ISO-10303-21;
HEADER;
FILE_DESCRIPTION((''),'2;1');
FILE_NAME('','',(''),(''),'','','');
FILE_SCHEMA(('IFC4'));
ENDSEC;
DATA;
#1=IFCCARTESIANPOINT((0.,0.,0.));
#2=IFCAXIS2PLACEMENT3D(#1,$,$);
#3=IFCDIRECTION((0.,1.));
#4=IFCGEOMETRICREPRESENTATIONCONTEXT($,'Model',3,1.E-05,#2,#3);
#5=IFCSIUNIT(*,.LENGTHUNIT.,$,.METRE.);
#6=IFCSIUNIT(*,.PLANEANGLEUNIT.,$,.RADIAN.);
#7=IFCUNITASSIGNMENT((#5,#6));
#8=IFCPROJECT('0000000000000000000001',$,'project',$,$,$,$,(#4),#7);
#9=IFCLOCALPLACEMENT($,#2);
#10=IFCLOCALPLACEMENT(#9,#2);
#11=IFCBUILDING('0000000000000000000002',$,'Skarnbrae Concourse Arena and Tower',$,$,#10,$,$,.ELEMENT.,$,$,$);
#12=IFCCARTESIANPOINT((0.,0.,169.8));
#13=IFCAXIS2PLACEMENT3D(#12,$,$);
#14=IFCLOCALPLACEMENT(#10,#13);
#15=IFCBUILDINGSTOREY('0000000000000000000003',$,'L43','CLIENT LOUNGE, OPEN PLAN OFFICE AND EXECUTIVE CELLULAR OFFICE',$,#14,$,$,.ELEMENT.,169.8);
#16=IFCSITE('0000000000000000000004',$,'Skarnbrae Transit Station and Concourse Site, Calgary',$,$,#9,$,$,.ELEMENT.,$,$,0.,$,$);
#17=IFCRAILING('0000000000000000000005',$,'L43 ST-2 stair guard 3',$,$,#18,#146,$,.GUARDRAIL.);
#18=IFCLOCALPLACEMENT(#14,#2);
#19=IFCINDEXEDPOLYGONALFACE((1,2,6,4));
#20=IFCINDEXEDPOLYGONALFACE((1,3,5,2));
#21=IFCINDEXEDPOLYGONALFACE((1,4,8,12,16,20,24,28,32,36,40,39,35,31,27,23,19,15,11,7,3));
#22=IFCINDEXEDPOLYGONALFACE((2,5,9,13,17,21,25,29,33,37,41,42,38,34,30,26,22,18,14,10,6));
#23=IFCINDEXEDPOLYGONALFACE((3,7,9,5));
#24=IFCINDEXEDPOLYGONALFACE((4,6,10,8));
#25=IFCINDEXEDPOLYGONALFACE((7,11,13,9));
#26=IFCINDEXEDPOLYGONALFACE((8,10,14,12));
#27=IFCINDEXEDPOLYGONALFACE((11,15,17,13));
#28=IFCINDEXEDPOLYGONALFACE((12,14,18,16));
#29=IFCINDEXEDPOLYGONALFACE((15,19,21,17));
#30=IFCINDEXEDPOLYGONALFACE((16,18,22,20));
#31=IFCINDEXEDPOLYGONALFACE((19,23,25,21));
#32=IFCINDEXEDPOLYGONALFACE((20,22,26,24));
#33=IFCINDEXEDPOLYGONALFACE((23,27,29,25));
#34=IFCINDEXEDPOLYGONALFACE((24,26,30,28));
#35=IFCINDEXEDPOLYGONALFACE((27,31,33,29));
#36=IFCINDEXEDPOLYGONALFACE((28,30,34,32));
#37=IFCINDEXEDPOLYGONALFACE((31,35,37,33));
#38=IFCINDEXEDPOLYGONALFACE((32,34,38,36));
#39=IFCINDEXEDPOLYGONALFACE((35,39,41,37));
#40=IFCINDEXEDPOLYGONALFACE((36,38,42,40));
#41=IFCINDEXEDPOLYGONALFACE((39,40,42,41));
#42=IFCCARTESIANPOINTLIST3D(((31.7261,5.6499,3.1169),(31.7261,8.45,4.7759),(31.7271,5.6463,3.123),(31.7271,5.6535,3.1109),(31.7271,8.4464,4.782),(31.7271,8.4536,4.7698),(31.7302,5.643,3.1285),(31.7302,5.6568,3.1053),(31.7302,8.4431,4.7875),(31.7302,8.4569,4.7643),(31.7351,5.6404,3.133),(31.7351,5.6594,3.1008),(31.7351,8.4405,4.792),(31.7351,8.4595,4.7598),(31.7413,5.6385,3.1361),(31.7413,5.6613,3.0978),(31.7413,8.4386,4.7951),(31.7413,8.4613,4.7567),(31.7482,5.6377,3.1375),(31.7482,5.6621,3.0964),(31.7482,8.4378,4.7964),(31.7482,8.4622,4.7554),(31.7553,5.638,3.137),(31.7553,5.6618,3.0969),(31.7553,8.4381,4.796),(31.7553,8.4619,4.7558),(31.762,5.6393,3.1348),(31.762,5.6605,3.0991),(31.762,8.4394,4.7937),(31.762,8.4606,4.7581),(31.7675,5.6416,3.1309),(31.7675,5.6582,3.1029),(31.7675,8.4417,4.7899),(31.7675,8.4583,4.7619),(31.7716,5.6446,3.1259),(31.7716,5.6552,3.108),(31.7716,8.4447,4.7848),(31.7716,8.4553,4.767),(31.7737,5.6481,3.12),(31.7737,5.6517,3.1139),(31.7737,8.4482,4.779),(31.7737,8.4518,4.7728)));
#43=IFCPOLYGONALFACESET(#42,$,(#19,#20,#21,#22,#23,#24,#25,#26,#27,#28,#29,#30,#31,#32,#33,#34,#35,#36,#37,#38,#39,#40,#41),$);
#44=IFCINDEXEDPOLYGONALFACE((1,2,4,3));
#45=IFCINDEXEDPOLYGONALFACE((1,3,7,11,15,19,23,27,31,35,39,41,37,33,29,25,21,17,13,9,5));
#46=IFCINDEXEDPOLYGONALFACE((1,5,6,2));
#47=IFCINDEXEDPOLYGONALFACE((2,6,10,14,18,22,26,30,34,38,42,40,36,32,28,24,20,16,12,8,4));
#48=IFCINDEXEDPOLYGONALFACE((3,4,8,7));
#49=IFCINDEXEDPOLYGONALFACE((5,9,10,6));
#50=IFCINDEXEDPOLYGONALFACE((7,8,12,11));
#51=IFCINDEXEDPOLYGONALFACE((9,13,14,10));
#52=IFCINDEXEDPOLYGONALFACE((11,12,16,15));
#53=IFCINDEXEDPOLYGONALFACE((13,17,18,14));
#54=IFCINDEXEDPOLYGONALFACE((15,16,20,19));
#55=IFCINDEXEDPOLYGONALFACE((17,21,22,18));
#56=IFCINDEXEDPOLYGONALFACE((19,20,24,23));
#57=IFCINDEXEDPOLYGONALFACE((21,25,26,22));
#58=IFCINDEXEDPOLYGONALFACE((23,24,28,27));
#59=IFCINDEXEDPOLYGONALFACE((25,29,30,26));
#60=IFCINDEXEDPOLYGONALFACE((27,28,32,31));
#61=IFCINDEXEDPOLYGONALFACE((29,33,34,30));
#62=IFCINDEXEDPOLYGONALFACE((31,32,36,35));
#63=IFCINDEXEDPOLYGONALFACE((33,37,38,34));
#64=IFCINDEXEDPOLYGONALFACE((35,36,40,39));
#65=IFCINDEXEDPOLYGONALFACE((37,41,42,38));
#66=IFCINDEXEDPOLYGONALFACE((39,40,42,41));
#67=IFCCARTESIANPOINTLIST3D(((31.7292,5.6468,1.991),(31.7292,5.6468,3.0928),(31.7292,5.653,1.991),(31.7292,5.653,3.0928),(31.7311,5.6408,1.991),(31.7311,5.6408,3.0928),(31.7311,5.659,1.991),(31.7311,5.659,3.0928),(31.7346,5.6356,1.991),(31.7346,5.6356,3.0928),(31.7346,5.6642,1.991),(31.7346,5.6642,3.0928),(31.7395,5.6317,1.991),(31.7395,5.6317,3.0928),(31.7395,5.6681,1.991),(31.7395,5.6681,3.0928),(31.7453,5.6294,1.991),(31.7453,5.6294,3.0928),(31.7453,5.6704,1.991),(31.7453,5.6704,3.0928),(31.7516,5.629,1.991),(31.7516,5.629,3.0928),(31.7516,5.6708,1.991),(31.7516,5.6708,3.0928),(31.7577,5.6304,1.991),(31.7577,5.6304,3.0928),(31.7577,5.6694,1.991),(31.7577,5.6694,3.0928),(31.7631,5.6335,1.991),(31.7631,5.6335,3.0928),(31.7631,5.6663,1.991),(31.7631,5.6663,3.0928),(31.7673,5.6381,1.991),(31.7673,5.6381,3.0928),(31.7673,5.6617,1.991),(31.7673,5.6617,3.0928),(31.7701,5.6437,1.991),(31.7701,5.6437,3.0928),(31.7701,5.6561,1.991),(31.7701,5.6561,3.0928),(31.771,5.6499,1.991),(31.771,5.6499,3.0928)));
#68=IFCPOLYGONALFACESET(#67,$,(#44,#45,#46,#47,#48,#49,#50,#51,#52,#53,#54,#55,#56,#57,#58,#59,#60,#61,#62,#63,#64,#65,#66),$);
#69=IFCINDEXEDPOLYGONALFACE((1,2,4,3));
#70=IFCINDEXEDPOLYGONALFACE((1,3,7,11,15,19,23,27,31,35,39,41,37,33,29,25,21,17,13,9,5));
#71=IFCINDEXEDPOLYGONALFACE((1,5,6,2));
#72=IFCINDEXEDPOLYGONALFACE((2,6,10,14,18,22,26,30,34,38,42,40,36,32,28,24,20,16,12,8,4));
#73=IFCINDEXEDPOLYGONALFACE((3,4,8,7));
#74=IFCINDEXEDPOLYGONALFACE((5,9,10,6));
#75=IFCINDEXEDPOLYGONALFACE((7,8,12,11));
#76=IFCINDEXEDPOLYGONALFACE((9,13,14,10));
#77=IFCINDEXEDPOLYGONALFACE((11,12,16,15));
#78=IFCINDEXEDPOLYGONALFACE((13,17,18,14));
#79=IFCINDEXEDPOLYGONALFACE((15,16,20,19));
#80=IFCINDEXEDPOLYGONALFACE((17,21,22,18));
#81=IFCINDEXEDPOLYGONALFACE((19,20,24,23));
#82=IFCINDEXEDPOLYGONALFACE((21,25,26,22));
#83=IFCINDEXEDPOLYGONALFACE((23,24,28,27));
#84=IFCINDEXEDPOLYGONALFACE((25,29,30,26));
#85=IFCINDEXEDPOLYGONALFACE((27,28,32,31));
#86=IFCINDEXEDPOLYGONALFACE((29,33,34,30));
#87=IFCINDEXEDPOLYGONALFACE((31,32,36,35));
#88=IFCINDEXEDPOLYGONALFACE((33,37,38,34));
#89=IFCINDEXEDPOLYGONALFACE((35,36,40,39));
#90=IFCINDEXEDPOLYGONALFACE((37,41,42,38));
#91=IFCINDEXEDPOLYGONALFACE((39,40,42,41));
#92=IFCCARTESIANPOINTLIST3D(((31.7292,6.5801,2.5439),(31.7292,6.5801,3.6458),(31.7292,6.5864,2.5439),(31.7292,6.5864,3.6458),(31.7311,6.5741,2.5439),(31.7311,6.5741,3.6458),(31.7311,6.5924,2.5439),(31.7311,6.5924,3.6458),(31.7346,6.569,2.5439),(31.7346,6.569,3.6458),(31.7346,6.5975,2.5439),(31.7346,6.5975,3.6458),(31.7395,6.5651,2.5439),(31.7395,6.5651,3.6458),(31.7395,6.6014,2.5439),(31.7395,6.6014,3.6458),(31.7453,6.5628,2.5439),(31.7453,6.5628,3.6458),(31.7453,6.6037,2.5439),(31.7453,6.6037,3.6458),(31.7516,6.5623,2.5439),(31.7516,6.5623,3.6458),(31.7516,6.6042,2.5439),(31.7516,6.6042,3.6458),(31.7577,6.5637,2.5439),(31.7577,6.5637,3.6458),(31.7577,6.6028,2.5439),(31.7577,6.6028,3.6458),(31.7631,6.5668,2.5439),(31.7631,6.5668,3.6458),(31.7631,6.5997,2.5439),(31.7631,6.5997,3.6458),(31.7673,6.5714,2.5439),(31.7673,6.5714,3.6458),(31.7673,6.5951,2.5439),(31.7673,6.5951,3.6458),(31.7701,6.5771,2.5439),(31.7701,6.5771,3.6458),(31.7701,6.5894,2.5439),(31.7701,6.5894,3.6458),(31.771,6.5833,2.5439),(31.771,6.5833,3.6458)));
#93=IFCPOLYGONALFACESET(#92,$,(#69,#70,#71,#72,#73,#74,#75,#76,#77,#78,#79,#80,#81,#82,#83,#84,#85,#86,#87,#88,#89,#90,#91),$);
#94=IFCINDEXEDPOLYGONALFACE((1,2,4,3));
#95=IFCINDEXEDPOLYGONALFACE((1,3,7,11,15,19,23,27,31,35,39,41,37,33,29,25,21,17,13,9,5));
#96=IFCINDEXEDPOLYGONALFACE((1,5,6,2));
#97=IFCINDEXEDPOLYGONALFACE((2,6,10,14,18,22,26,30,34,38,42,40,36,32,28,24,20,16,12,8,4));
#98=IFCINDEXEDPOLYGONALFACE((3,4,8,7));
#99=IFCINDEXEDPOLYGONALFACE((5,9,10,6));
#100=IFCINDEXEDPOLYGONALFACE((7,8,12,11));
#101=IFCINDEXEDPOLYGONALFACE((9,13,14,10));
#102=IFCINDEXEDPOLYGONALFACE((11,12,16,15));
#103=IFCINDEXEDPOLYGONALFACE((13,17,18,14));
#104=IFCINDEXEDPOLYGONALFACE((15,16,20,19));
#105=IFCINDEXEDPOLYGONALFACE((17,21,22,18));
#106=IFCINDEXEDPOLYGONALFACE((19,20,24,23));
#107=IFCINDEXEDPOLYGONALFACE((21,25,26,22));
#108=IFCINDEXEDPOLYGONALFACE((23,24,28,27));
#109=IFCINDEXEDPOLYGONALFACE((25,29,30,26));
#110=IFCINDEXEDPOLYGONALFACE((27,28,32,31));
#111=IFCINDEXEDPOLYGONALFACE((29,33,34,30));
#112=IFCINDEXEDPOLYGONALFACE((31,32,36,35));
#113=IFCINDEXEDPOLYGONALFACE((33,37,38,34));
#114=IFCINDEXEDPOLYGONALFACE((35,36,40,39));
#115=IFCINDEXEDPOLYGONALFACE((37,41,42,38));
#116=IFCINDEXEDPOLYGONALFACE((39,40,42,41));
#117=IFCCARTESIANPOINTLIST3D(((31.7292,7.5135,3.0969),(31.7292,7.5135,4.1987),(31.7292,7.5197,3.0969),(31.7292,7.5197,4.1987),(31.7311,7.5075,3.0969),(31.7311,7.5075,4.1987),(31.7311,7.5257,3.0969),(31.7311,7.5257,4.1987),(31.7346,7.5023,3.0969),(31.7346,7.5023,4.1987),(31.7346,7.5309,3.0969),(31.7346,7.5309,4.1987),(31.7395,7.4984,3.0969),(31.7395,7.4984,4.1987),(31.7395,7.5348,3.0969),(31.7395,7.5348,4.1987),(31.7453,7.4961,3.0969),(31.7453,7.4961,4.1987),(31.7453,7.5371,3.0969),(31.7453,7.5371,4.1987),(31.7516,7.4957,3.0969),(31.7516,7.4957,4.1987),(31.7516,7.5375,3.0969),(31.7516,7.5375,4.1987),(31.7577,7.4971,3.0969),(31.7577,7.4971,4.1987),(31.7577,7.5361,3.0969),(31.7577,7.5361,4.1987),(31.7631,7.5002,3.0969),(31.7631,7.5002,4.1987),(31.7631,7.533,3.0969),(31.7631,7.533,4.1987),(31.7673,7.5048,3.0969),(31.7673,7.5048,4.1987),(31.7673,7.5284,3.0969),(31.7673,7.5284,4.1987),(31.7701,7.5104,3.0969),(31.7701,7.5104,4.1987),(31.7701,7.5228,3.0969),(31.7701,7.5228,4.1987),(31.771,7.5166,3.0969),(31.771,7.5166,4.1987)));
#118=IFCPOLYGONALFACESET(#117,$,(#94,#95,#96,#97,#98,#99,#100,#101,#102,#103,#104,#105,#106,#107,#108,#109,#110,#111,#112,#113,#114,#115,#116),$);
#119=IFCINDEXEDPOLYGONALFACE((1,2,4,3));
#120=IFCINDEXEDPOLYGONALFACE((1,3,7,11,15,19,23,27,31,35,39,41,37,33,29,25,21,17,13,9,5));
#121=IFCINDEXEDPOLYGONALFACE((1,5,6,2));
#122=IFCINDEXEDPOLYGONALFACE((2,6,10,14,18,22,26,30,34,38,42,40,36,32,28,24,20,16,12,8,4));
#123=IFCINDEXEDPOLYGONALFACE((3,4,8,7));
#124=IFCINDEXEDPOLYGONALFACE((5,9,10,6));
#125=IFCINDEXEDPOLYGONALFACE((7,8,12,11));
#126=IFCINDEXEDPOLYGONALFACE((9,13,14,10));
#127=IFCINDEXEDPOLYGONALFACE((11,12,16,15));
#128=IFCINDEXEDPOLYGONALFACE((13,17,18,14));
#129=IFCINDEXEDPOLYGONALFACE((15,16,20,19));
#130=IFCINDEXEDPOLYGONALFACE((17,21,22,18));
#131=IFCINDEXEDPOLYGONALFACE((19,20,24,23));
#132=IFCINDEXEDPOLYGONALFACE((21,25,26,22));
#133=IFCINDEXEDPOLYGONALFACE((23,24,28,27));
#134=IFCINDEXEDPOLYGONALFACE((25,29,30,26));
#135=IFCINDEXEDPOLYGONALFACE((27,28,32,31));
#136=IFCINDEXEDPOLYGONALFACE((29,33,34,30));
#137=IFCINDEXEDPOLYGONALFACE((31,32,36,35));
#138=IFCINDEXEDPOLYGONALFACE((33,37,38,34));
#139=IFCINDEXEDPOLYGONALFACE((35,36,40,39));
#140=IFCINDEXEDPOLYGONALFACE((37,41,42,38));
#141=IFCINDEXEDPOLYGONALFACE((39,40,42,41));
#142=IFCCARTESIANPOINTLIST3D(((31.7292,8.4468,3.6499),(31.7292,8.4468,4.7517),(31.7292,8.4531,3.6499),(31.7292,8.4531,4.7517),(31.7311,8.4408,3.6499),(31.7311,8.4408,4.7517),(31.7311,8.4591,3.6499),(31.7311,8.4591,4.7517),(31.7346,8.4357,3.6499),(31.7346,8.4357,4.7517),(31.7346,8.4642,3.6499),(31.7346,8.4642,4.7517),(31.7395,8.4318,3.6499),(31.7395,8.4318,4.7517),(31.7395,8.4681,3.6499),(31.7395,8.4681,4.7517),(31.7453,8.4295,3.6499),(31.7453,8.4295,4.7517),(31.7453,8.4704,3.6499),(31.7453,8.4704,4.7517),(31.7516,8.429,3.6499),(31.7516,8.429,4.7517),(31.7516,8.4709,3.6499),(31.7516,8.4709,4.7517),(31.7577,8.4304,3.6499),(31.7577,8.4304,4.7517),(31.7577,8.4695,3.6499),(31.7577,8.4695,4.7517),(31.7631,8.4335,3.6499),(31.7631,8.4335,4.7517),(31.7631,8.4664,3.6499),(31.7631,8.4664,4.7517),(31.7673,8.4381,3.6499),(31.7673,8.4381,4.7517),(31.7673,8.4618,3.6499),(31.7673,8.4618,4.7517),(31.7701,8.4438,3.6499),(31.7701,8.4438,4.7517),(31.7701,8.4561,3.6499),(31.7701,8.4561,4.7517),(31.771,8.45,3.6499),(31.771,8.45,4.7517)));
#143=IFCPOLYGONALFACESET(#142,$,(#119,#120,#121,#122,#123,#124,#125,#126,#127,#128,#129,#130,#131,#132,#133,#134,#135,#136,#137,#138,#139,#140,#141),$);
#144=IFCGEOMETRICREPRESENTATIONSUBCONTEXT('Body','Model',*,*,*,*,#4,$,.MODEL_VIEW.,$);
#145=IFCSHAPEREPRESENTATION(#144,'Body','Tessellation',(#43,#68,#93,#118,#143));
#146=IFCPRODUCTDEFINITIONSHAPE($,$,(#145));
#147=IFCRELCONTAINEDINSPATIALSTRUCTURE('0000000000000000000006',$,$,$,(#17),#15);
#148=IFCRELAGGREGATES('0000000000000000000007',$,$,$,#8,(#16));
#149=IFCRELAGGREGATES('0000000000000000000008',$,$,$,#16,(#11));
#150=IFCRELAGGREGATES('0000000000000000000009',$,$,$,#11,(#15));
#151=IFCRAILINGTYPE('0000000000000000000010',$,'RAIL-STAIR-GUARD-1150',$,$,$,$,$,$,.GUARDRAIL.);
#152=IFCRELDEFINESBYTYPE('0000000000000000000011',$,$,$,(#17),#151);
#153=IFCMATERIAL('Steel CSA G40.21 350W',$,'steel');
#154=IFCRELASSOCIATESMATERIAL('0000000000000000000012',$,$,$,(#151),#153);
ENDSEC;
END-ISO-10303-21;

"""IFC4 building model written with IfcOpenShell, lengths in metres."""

from ifc_helpers import new_model, si_unit, direction, frame, origin, origin_2d, place, context, subcontext, project, spatial, circle, extrude, material, type_object, element, save


model = new_model("IFC4")

# Units and contexts
model_context = context("Model", 3, precision=1e-05, world=origin(), true_north=direction((0.0, 1.0)))
body_context = subcontext(model_context, "Body", "Model", "MODEL_VIEW")
ifc_project = project(units=[si_unit("LENGTHUNIT", "METRE"), si_unit("PLANEANGLEUNIT", "RADIAN")], contexts=[model_context])

# Site, building, storey
site_placement = place(None, origin())
site = spatial("IfcSite", under=ifc_project, at=site_placement, Name="Skarnbrae Transit Station and Concourse Site, Calgary", CompositionType="ELEMENT", RefElevation=0.0)
building_placement = place(site_placement, origin())
building = spatial("IfcBuilding", under=site, at=building_placement, Name="Skarnbrae Concourse Arena and Tower", CompositionType="ELEMENT")
storey_placement = place(building_placement, frame((0.0, 0.0, 169.8)))
storey = spatial("IfcBuildingStorey", under=building, at=storey_placement, Name="L43", Description="CLIENT LOUNGE, OPEN PLAN OFFICE AND EXECUTIVE CELLULAR OFFICE", CompositionType="ELEMENT", Elevation=169.8)

# Shared definitions
ifc_material_1 = material(Name="Steel CSA G40.21 350W", Category="steel")

# Railing
railing_type_1 = type_object("IfcRailingType", Name="RAIL-STAIR-GUARD-1150", PredefinedType="GUARDRAIL", material=ifc_material_1)
railing_1_placement = place(storey_placement, frame((31.75, 5.6499, 1.991)))
element("IfcRailing", 1, at=railing_1_placement, inside=storey, type_object=railing_type_1, Name="L43 ST-2 stair guard 3", PredefinedType="GUARDRAIL", context=body_context, shape_type="SweptSolid", body=[
    extrude(circle(Radius=0.0239, at=origin_2d()), frame((0.0, 0.0, 1.126), z_axis=(0.0, 0.860339, 0.509722), x_axis=(-1.0, 0.0, 0.0)), (0.0, 0.0, 1.0), 3.2546),
    extrude(circle(Radius=0.021, at=origin_2d()), origin(), (0.0, 0.0, 1.0), 1.1018),
    extrude(circle(Radius=0.021, at=origin_2d()), frame((0.0, 0.9333, 0.553)), (0.0, 0.0, 1.0), 1.1018),
    extrude(circle(Radius=0.021, at=origin_2d()), frame((0.0, 1.8667, 1.106)), (0.0, 0.0, 1.0), 1.1018),
    extrude(circle(Radius=0.021, at=origin_2d()), frame((0.0, 2.8, 1.6589)), (0.0, 0.0, 1.0), 1.1018),
])

save(model, "model.ifc")
